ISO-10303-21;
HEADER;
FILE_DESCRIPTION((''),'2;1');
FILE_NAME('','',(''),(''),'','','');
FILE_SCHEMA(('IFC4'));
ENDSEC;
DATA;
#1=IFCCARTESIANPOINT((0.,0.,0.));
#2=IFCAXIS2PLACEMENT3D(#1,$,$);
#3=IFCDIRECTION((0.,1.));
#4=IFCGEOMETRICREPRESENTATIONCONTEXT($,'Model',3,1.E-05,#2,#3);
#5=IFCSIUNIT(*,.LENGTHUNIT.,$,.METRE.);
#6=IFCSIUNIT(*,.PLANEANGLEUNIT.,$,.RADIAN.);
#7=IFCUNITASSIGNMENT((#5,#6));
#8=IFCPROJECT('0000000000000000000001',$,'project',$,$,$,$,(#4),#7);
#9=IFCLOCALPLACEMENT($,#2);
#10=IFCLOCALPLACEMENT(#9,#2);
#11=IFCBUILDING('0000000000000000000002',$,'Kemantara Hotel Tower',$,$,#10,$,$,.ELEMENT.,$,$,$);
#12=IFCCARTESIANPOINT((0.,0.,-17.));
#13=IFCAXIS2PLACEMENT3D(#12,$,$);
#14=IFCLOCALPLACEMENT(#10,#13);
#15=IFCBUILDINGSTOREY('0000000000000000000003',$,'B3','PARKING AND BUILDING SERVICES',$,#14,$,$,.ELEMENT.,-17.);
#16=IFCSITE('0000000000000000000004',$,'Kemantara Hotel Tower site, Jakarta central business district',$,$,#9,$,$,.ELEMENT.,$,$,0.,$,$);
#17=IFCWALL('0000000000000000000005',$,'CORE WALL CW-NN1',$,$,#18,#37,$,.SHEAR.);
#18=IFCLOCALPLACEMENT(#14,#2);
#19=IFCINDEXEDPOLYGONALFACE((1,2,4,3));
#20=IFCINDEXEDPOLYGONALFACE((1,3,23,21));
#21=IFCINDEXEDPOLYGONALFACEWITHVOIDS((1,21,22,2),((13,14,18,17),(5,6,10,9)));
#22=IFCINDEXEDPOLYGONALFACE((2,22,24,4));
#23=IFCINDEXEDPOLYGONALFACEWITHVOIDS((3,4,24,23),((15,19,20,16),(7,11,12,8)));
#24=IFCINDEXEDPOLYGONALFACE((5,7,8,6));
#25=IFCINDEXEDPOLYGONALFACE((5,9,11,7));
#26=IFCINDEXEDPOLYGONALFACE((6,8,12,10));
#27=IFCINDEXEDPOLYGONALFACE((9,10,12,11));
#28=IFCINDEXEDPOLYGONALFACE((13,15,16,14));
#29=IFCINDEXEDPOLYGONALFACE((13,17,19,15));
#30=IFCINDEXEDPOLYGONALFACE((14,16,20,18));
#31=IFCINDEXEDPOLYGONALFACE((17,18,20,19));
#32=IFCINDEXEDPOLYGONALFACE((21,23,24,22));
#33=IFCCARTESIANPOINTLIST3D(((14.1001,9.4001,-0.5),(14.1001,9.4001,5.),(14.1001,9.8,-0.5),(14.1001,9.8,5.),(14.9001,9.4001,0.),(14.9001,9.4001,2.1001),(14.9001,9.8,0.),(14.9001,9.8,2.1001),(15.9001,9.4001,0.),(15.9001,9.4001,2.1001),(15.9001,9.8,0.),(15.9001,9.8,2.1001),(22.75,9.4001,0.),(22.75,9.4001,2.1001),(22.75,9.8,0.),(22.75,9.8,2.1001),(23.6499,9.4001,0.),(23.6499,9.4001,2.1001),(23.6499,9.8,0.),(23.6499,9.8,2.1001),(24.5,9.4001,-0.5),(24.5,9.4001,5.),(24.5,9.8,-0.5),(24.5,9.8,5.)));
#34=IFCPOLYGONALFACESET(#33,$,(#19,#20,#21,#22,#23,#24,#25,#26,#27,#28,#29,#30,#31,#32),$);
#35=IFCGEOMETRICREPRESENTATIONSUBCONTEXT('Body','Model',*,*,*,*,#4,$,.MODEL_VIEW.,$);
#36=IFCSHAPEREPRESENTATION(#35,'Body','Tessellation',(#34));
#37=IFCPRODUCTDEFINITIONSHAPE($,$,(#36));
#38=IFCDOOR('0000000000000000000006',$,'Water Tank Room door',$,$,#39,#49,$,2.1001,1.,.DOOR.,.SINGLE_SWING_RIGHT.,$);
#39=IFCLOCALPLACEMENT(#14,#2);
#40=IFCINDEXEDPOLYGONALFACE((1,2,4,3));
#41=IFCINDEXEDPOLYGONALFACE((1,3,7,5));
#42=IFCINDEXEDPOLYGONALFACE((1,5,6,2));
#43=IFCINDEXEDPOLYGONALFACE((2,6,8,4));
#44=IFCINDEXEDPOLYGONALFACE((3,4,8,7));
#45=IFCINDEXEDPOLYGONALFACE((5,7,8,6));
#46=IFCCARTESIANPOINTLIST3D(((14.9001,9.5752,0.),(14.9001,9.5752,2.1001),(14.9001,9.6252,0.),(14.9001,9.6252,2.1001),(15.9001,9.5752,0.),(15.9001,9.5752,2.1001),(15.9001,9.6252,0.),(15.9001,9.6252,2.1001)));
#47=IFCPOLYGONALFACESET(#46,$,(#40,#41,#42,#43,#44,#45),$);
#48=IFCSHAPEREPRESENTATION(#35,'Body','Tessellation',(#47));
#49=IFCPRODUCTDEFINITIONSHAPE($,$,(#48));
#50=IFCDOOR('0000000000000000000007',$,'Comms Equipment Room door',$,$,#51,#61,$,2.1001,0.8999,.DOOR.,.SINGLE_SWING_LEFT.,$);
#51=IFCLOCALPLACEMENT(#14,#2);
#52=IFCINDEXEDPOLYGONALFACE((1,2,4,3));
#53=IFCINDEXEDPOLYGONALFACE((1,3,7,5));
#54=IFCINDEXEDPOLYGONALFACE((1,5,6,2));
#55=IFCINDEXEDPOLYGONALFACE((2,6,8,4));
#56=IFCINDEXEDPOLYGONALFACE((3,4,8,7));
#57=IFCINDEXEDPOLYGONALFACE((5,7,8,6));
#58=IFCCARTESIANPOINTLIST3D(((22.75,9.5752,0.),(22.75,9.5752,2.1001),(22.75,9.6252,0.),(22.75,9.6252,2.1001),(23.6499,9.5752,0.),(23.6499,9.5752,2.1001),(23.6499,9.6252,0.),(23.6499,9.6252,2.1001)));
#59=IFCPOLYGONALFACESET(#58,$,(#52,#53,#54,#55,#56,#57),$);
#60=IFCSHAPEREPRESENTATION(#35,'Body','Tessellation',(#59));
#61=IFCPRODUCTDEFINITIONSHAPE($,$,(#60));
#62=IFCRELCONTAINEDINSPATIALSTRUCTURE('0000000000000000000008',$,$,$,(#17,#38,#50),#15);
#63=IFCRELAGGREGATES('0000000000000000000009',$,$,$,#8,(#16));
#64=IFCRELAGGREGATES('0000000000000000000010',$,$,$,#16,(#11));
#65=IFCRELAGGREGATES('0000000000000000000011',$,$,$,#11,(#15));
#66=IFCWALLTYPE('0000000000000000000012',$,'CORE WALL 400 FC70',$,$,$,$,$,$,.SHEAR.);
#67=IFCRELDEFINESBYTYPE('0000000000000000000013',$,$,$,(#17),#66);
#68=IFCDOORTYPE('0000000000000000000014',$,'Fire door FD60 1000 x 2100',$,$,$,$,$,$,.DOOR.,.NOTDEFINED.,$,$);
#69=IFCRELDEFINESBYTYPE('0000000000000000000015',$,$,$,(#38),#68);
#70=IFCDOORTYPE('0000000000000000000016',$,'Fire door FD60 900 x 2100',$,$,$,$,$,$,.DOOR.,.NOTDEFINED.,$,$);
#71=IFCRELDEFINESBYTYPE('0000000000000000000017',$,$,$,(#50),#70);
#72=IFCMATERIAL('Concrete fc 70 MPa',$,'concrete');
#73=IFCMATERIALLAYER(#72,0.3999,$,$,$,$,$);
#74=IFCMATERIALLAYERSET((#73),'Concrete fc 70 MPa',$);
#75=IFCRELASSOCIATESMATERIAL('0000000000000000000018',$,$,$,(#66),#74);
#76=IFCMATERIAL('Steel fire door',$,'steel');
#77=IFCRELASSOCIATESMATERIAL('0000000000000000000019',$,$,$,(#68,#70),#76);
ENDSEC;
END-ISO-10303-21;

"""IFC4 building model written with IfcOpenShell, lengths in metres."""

from ifc_helpers import new_model, si_unit, direction, frame, frame_2d, origin, place, context, subcontext, project, spatial, rectangle, extrude, material, layer, layer_set, type_object, element, fill, save


model = new_model("IFC4")

# Units and contexts
model_context = context("Model", 3, precision=1e-05, world=origin(), true_north=direction((0.0, 1.0)))
body_context = subcontext(model_context, "Body", "Model", "MODEL_VIEW")
ifc_project = project(units=[si_unit("LENGTHUNIT", "METRE"), si_unit("PLANEANGLEUNIT", "RADIAN")], contexts=[model_context])

# Site, building, storey
site_placement = place(None, origin())
site = spatial("IfcSite", under=ifc_project, at=site_placement, Name="Kemantara Hotel Tower site, Jakarta central business district", CompositionType="ELEMENT", RefElevation=0.0)
building_placement = place(site_placement, origin())
building = spatial("IfcBuilding", under=site, at=building_placement, Name="Kemantara Hotel Tower", CompositionType="ELEMENT")
storey_placement = place(building_placement, frame((0.0, 0.0, -17.0)))
storey = spatial("IfcBuildingStorey", under=building, at=storey_placement, Name="B3", Description="PARKING AND BUILDING SERVICES", CompositionType="ELEMENT", Elevation=-17.0)

# Shared definitions
ifc_material_1 = material(Name="Concrete fc 70 MPa", Category="concrete")

# Shared definitions
ifc_layer_1 = layer(ifc_material_1, 0.3999)
ifc_layer_set_1 = layer_set([ifc_layer_1], Name="Concrete fc 70 MPa")
wall_type_1 = type_object("IfcWallType", Name="CORE WALL 400 FC70", PredefinedType="SHEAR", material=ifc_layer_set_1)
ifc_material_2 = material(Name="Steel fire door", Category="steel")

# Wall, openings, doors
wall_1_placement = place(storey_placement, frame((14.1001, 9.6001, -0.5), z_axis=(0.0, 0.0, 1.0), x_axis=(1.0, 0.0, 0.0)))
wall_1 = element("IfcWall", 1, at=wall_1_placement, inside=storey, type_object=wall_type_1, Name="CORE WALL CW-NN1", PredefinedType="SHEAR", context=body_context, shape_type="SweptSolid", body=[
    extrude(rectangle(XDim=10.3999, YDim=0.3999, at=frame_2d((5.2, 0.0))), origin(), (0.0, 0.0, 1.0), 5.5),
])
opening_1_placement = place(wall_1_placement, frame((0.8, 0.0, 0.5)))
opening_1 = element("IfcOpeningElement", 2, at=opening_1_placement, cuts=wall_1, PredefinedType="OPENING", context=body_context, shape_type="SweptSolid", body=[
    extrude(rectangle(XDim=1.0, YDim=2.1001, at=frame_2d((0.5, 1.05))), frame((0.0, 0.21, 0.0), z_axis=(0.0, -1.0, 0.0), x_axis=(1.0, 0.0, 0.0)), (0.0, 0.0, 1.0), 0.4199),
])
opening_2_placement = place(wall_1_placement, frame((8.6499, 0.0, 0.5)))
opening_2 = element("IfcOpeningElement", 3, at=opening_2_placement, cuts=wall_1, PredefinedType="OPENING", context=body_context, shape_type="SweptSolid", body=[
    extrude(rectangle(XDim=0.8999, YDim=2.1001, at=frame_2d((0.45, 1.05))), frame((0.0, 0.21, 0.0), z_axis=(0.0, -1.0, 0.0), x_axis=(1.0, 0.0, 0.0)), (0.0, 0.0, 1.0), 0.4199),
])
door_type_1 = type_object("IfcDoorType", Name="Fire door FD60 1000 x 2100", OperationType="NOTDEFINED", PredefinedType="DOOR", material=ifc_material_2)
door_1_placement = place(opening_1_placement, frame((1.0, 0.0, 0.0), z_axis=(0.0, 0.0, 1.0), x_axis=(-1.0, 0.0, 0.0)))
door_1 = element("IfcDoor", 4, at=door_1_placement, inside=storey, type_object=door_type_1, Name="Water Tank Room door", OperationType="SINGLE_SWING_RIGHT", OverallHeight=2.1001, OverallWidth=1.0, PredefinedType="DOOR", context=body_context, shape_type="SweptSolid", body=[
    extrude(rectangle(XDim=1.0, YDim=2.1001, at=frame_2d((0.5, 1.05))), frame((0.0, 0.0249, 0.0), z_axis=(0.0, -1.0, 0.0), x_axis=(1.0, 0.0, 0.0)), (0.0, 0.0, 1.0), 0.05),
])
fill(opening_1, door_1)
door_type_2 = type_object("IfcDoorType", Name="Fire door FD60 900 x 2100", OperationType="NOTDEFINED", PredefinedType="DOOR", material=ifc_material_2)
door_2_placement = place(opening_2_placement, frame((0.8999, 0.0, 0.0), z_axis=(0.0, 0.0, 1.0), x_axis=(-1.0, 0.0, 0.0)))
door_2 = element("IfcDoor", 5, at=door_2_placement, inside=storey, type_object=door_type_2, Name="Comms Equipment Room door", OperationType="SINGLE_SWING_LEFT", OverallHeight=2.1001, OverallWidth=0.8999, PredefinedType="DOOR", context=body_context, shape_type="SweptSolid", body=[
    extrude(rectangle(XDim=0.8999, YDim=2.1001, at=frame_2d((0.45, 1.05))), frame((0.0, 0.0249, 0.0), z_axis=(0.0, -1.0, 0.0), x_axis=(1.0, 0.0, 0.0)), (0.0, 0.0, 1.0), 0.05),
])
fill(opening_2, door_2)

save(model, "model.ifc")
